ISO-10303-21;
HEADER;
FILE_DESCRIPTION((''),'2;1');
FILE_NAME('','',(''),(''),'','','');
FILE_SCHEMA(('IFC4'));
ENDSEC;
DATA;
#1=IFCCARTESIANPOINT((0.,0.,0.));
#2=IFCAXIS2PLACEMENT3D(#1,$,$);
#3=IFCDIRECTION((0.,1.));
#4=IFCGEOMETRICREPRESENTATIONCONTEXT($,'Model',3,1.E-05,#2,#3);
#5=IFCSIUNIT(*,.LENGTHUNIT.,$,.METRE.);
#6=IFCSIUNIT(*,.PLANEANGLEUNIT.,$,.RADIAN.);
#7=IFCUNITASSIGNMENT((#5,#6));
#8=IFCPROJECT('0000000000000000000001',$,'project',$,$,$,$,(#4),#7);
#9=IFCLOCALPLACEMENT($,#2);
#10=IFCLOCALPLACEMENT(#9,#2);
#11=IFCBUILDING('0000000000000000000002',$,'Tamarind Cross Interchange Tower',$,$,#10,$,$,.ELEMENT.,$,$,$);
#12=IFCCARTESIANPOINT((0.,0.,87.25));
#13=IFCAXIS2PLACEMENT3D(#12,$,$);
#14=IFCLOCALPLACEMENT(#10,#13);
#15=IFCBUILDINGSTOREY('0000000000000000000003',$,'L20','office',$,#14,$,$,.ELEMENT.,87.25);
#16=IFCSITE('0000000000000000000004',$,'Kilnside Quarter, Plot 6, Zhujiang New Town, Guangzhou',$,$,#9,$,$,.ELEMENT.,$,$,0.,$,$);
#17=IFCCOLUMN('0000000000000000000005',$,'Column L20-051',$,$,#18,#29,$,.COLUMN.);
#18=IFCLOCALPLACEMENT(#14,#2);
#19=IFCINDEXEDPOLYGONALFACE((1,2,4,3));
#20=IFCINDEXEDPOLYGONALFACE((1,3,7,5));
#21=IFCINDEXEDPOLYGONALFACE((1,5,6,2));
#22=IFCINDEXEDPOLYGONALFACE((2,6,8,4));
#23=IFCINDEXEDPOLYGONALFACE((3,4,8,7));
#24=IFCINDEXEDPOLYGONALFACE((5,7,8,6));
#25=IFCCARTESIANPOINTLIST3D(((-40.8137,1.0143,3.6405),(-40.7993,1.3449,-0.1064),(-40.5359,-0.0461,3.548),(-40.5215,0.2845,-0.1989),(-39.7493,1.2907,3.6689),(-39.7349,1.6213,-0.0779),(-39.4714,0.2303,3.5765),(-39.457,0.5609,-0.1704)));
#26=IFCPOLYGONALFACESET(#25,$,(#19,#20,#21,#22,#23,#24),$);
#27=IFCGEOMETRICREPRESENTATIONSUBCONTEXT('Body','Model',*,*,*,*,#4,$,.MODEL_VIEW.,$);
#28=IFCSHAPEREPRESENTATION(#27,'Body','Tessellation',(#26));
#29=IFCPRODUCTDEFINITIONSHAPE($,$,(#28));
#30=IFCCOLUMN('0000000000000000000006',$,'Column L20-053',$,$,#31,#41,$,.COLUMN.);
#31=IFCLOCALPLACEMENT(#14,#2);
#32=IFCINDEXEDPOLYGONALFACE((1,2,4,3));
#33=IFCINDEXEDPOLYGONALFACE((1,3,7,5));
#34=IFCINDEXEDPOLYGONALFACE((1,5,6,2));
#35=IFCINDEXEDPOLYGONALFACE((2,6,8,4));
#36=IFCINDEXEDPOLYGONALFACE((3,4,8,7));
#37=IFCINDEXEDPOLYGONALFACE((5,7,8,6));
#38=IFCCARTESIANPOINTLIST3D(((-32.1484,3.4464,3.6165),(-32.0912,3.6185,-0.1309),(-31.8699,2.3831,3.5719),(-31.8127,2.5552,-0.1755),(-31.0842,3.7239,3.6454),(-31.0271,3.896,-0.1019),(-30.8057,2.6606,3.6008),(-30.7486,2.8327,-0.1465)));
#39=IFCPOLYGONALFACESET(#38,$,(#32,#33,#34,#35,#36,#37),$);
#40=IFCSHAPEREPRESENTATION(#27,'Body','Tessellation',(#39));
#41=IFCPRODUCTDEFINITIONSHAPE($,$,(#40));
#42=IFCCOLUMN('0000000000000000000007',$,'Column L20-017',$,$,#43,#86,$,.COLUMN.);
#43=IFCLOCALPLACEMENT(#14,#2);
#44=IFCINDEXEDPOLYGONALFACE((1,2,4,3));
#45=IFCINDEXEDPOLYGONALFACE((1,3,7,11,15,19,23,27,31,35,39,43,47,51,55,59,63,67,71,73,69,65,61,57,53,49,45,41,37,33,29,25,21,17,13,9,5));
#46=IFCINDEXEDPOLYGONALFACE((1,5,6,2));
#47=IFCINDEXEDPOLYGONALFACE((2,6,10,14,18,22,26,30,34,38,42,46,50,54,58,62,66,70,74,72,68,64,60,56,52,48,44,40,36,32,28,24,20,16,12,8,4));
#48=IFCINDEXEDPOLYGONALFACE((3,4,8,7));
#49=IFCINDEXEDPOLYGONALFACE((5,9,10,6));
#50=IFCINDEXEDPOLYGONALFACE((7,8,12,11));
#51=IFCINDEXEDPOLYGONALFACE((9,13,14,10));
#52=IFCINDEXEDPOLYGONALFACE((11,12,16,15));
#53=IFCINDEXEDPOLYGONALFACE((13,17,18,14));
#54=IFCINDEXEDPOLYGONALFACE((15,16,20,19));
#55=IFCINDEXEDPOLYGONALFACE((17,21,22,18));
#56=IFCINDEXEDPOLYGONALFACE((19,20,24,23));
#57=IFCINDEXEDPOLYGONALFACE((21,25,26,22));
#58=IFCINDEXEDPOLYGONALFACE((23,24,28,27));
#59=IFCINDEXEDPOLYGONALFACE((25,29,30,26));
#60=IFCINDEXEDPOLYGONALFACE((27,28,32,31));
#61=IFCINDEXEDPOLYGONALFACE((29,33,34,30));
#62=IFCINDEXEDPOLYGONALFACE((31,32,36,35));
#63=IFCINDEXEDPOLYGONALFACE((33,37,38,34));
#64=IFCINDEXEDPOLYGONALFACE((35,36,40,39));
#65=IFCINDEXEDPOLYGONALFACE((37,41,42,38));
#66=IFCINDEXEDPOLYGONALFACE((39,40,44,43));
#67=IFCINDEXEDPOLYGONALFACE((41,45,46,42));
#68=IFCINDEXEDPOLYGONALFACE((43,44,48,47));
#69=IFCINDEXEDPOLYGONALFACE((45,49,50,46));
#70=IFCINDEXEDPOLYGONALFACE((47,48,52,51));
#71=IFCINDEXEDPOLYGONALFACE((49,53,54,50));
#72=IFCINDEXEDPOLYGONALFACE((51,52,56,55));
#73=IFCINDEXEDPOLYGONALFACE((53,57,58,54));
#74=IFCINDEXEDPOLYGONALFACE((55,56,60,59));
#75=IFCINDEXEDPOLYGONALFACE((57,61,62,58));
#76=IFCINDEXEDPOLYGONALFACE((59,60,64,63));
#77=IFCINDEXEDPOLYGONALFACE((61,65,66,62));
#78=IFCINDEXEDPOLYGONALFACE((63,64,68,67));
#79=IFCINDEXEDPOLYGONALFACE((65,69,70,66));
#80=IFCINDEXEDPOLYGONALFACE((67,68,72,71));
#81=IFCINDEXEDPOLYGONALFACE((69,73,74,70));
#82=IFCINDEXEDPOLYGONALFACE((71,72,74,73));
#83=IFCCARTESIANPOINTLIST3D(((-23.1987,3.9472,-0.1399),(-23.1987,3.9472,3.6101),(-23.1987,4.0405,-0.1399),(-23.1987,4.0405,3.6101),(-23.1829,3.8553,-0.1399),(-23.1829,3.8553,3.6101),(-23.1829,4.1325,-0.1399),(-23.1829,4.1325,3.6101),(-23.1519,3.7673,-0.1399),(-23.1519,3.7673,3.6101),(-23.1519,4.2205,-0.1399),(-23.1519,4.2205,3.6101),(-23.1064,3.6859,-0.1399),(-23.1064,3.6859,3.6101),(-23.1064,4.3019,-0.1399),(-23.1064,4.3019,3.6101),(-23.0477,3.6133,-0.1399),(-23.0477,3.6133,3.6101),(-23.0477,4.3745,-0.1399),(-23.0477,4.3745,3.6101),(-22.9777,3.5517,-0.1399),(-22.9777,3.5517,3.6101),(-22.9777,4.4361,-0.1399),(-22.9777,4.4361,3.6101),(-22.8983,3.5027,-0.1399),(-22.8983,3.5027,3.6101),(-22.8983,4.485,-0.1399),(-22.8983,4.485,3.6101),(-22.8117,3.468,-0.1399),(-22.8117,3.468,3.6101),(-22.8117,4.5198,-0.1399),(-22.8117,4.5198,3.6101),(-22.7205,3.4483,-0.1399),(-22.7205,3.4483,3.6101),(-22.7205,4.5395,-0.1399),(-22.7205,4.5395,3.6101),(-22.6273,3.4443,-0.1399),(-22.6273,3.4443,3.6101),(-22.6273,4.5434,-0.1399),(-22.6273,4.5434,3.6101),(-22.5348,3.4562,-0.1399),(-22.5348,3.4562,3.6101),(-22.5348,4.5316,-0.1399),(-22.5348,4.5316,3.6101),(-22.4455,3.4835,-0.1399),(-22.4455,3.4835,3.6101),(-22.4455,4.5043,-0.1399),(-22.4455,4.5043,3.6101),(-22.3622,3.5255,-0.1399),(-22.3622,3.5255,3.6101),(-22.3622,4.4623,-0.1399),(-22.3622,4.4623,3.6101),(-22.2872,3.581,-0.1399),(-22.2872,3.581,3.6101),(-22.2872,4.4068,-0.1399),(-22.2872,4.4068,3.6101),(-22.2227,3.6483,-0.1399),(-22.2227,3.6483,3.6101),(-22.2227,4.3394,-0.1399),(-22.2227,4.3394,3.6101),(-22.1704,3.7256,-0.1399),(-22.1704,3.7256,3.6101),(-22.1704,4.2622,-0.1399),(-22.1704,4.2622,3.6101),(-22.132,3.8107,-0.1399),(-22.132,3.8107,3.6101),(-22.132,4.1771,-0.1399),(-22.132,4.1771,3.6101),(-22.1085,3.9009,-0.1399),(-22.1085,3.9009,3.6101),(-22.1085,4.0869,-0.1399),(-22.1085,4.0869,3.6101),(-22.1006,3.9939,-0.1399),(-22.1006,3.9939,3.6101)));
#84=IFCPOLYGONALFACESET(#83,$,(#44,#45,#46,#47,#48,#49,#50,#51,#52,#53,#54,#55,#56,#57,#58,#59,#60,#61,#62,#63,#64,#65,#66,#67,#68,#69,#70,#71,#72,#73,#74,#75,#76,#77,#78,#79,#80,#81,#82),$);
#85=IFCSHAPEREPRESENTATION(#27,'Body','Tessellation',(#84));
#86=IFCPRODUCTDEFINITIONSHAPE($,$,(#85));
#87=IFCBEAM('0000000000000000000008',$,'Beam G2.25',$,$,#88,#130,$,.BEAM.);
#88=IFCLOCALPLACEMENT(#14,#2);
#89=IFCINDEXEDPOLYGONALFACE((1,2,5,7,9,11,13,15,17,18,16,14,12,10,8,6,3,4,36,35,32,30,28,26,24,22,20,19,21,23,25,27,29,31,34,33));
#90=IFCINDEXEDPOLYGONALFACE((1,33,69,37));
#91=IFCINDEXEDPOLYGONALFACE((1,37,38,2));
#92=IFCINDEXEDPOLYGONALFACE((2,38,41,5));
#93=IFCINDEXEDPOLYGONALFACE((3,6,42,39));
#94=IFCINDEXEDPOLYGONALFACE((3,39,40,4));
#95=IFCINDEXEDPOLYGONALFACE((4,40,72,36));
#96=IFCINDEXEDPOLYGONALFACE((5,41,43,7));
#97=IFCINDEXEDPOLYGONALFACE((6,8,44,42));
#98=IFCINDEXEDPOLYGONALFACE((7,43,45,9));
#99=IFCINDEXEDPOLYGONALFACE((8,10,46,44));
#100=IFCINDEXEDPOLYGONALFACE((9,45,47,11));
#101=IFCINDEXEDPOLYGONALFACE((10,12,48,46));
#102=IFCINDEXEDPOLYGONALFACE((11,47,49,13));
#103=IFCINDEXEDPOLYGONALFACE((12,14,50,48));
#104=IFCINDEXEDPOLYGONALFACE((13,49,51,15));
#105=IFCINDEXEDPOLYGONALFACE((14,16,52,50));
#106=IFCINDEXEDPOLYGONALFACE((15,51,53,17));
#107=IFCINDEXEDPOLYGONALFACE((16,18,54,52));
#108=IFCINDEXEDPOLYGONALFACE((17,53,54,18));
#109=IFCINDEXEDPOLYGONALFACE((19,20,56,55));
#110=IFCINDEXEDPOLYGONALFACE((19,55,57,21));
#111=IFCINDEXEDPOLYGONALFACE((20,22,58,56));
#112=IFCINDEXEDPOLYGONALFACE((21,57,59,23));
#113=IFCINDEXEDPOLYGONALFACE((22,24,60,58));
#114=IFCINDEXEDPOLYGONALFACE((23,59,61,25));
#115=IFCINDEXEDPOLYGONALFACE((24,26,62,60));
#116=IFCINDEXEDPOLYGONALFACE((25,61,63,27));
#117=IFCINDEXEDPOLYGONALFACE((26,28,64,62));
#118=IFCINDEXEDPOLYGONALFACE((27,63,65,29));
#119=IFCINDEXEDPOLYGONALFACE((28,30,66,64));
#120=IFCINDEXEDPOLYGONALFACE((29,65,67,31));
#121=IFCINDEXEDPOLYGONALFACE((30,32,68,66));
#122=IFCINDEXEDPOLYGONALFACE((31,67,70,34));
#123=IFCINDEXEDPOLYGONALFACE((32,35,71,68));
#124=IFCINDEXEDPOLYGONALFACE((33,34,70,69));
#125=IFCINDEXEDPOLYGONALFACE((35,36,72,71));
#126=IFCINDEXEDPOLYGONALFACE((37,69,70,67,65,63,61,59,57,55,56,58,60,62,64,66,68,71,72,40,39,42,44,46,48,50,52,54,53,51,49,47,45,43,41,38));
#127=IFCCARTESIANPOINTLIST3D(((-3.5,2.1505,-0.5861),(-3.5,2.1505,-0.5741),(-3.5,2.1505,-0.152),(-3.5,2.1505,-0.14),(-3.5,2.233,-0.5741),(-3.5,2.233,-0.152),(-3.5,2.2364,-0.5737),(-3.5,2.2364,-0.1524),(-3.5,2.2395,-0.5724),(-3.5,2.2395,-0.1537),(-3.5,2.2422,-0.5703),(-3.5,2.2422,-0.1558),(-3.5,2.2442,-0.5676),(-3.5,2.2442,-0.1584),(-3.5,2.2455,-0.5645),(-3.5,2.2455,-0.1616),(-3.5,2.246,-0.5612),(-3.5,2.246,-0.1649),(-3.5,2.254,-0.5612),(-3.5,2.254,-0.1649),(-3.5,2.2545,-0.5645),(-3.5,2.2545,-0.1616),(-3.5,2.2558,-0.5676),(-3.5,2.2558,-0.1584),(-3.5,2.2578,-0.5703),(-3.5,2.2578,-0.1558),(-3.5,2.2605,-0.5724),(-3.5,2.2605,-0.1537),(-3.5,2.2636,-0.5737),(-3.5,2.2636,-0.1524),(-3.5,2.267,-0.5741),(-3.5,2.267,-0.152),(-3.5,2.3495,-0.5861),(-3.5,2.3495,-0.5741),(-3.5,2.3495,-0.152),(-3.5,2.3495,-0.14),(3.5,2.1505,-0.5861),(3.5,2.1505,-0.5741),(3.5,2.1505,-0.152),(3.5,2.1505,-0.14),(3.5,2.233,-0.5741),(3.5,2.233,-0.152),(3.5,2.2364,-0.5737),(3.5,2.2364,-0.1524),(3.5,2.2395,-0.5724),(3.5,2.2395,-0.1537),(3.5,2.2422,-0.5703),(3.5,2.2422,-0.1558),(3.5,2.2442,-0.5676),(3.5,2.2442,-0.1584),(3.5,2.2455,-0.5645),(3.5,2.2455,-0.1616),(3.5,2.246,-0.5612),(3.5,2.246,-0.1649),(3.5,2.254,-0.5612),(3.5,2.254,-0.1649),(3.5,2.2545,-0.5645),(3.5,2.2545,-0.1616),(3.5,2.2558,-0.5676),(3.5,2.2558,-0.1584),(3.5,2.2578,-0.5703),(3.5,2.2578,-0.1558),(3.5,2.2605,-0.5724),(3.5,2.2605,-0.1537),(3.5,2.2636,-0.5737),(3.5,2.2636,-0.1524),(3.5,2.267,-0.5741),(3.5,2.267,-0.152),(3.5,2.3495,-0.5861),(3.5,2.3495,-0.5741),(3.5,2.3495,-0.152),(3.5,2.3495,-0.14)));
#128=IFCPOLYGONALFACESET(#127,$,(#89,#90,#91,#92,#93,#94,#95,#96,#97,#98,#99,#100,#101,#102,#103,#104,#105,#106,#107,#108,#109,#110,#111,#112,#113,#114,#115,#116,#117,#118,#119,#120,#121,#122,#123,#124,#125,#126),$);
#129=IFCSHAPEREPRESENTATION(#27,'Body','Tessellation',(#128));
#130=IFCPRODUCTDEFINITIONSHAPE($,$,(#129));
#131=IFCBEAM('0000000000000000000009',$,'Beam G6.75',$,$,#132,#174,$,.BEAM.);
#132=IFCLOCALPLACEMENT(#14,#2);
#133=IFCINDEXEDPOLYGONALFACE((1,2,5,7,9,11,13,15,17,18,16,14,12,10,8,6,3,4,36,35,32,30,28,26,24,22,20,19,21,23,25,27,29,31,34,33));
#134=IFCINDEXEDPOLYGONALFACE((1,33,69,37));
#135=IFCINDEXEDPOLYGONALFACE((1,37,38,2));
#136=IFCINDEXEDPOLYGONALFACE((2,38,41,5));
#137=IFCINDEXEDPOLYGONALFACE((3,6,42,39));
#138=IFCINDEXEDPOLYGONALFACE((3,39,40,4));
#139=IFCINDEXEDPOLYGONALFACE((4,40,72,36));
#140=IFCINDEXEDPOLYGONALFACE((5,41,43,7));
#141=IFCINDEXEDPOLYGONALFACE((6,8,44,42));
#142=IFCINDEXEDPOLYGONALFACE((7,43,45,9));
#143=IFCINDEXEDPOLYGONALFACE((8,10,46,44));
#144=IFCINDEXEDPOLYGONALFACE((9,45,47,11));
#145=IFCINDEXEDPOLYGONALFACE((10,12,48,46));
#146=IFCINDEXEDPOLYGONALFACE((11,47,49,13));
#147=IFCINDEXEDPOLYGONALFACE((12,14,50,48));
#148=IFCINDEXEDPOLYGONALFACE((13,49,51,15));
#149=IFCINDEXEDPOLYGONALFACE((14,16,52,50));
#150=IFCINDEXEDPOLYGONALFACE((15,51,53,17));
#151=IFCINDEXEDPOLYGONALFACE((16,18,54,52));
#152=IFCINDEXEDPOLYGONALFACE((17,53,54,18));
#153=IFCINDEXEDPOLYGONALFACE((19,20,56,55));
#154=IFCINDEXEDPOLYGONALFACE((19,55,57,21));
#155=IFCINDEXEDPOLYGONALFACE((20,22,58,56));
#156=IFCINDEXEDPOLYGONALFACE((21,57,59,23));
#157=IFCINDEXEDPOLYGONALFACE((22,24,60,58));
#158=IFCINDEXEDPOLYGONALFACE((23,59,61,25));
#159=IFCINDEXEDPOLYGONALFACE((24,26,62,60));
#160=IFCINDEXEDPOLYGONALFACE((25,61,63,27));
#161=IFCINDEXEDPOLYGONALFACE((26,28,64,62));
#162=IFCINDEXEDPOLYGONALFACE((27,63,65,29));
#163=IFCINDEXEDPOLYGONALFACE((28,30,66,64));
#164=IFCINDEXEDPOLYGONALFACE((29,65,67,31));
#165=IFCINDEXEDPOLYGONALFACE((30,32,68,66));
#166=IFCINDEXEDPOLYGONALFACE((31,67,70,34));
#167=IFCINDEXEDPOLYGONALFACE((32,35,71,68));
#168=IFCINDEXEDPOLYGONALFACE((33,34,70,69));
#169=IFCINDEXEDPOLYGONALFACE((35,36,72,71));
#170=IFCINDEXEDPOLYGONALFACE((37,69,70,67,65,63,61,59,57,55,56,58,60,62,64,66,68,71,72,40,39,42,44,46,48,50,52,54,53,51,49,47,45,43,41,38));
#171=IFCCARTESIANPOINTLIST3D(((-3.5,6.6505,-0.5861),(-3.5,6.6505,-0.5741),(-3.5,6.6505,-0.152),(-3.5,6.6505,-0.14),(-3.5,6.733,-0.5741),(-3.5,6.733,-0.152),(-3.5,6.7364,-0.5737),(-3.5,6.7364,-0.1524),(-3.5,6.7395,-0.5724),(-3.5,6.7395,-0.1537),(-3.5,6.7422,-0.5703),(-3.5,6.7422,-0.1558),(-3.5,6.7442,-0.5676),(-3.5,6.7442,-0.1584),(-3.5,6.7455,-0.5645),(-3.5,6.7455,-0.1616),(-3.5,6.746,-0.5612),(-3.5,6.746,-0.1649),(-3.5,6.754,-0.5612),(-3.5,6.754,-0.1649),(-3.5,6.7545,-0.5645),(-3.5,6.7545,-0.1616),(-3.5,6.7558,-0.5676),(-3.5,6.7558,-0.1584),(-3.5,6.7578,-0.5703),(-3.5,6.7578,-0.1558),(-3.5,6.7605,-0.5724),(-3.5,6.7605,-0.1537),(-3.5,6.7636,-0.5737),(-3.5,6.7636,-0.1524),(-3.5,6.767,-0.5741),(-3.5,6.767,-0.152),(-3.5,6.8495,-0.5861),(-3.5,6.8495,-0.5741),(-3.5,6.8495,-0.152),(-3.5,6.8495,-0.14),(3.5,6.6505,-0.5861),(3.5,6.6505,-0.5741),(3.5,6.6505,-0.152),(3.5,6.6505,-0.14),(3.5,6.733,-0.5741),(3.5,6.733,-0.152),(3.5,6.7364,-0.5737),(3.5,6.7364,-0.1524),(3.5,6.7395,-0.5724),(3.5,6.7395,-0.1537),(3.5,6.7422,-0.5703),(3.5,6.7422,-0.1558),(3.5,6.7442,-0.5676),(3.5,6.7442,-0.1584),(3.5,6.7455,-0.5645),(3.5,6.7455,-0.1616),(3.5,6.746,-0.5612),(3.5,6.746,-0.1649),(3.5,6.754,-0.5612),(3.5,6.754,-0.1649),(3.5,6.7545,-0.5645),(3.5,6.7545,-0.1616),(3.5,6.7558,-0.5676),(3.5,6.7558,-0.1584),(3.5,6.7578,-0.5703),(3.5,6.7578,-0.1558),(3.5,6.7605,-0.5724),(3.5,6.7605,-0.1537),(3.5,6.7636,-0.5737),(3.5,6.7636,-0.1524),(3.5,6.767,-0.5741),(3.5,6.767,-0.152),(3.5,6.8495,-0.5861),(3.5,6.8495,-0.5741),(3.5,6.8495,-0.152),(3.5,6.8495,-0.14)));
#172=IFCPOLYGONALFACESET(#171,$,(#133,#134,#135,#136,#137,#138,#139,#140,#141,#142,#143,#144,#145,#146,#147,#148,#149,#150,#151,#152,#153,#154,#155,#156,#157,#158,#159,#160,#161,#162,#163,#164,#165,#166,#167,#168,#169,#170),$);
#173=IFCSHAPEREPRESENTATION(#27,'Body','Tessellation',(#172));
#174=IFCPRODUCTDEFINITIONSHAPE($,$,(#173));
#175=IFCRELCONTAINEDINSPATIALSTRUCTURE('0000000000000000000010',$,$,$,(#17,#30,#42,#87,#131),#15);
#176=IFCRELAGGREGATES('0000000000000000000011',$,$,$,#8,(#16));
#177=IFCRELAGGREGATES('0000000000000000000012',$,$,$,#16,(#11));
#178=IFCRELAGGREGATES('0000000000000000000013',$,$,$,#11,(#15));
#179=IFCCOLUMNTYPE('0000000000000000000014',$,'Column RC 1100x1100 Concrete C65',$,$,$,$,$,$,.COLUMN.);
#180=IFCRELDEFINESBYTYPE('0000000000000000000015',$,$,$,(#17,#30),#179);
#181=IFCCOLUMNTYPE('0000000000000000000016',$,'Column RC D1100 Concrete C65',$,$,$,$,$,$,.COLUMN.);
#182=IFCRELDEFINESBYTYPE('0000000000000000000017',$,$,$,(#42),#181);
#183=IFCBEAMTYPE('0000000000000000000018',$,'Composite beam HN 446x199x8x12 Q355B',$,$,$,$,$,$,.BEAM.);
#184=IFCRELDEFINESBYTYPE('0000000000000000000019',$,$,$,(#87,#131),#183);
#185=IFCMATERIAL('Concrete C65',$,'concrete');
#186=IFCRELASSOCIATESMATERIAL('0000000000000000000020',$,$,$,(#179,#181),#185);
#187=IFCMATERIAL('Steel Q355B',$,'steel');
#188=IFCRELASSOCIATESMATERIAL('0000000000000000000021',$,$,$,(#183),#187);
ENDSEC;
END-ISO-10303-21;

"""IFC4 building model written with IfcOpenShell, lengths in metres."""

from ifc_helpers import new_model, si_unit, direction, frame, origin, origin_2d, place, context, subcontext, project, spatial, rectangle, circle, i_section, extrude, material, material_profile, profile_set, type_object, element, save


model = new_model("IFC4")

# Units and contexts
model_context = context("Model", 3, precision=1e-05, world=origin(), true_north=direction((0.0, 1.0)))
body_context = subcontext(model_context, "Body", "Model", "MODEL_VIEW")
ifc_project = project(units=[si_unit("LENGTHUNIT", "METRE"), si_unit("PLANEANGLEUNIT", "RADIAN")], contexts=[model_context])

# Site, building, storey
site_placement = place(None, origin())
site = spatial("IfcSite", under=ifc_project, at=site_placement, Name="Kilnside Quarter, Plot 6, Zhujiang New Town, Guangzhou", CompositionType="ELEMENT", RefElevation=0.0)
building_placement = place(site_placement, origin())
building = spatial("IfcBuilding", under=site, at=building_placement, Name="Tamarind Cross Interchange Tower", CompositionType="ELEMENT")
storey_placement = place(building_placement, frame((0.0, 0.0, 87.25)))
storey = spatial("IfcBuildingStorey", under=building, at=storey_placement, Name="L20", Description="office", CompositionType="ELEMENT", Elevation=87.25)

# Columns
ifc_material_1 = material(Name="Concrete C65", Category="concrete")
ifc_material_profile_1 = material_profile(ifc_material_1, rectangle(XDim=1.1001, YDim=1.1001, at=origin_2d()), Name="RC 1100x1100")
ifc_profile_set_1 = profile_set([ifc_material_profile_1], Name="Concrete C65")
column_type_1 = type_object("IfcColumnType", Name="Column RC 1100x1100 Concrete C65", PredefinedType="COLUMN", material=ifc_profile_set_1)
column_1_placement = place(storey_placement, frame((-40.1282, 0.9529, -0.1384), z_axis=(-0.003829, -0.087884, 0.996123), x_axis=(0.967576, 0.25125, 0.025886)))
element("IfcColumn", 1, at=column_1_placement, inside=storey, type_object=column_type_1, Name="Column L20-051", PredefinedType="COLUMN", context=body_context, shape_type="SweptSolid", body=[
    extrude(rectangle(XDim=1.1001, YDim=1.1001, at=origin_2d()), origin(), (0.0, 0.0, 1.0), 3.7615),
])
column_2_placement = place(storey_placement, frame((-31.4199, 3.2256, -0.1387), z_axis=(-0.015227, -0.045878, 0.998831), x_axis=(0.967305, 0.252247, 0.026333)))
element("IfcColumn", 2, at=column_2_placement, inside=storey, type_object=column_type_1, Name="Column L20-053", PredefinedType="COLUMN", context=body_context, shape_type="SweptSolid", body=[
    extrude(rectangle(XDim=1.1001, YDim=1.1001, at=origin_2d()), origin(), (0.0, 0.0, 1.0), 3.7517),
])
ifc_material_profile_2 = material_profile(ifc_material_1, circle(Radius=0.55, at=origin_2d()), Name="RC D1100")
ifc_profile_set_2 = profile_set([ifc_material_profile_2], Name="Concrete C65")
column_type_2 = type_object("IfcColumnType", Name="Column RC D1100 Concrete C65", PredefinedType="COLUMN", material=ifc_profile_set_2)
column_3_placement = place(storey_placement, frame((-22.6506, 3.9939, -0.1399), z_axis=(0.0, 0.0, 1.0), x_axis=(1.0, 0.0, 0.0)))
element("IfcColumn", 3, at=column_3_placement, inside=storey, type_object=column_type_2, Name="Column L20-017", PredefinedType="COLUMN", context=body_context, shape_type="SweptSolid", body=[
    extrude(circle(Radius=0.55, at=origin_2d()), origin(), (0.0, 0.0, 1.0), 3.75),
])

# Beams
ifc_material_2 = material(Name="Steel Q355B", Category="steel")
ifc_material_profile_3 = material_profile(ifc_material_2, i_section(OverallWidth=0.199, OverallDepth=0.446, WebThickness=0.0081, FlangeThickness=0.012, FilletRadius=0.0129, at=origin_2d()), Name="HN 446x199x8x12")
ifc_profile_set_3 = profile_set([ifc_material_profile_3], Name="Steel Q355B")
beam_type_1 = type_object("IfcBeamType", Name="Composite beam HN 446x199x8x12 Q355B", PredefinedType="BEAM", material=ifc_profile_set_3)
for number, where, z_axis, x_axis, name in (
    (4, (-3.5, 2.25, -0.363), (1.0, 0.0, 0.0), (0.0, 1.0, 0.0), "Beam G2.25"),
    (5, (-3.5, 6.75, -0.363), (1.0, 0.0, 0.0), (0.0, 1.0, 0.0), "Beam G6.75"),
):
    element("IfcBeam", number, at=place(storey_placement, frame(where, z_axis=z_axis, x_axis=x_axis)), inside=storey, type_object=beam_type_1, Name=name, PredefinedType="BEAM", context=body_context, shape_type="SweptSolid", body=[
        extrude(i_section(OverallWidth=0.199, OverallDepth=0.446, WebThickness=0.0081, FlangeThickness=0.012, FilletRadius=0.0129, at=origin_2d()), origin(), (0.0, 0.0, 1.0), 7.0),
    ])

save(model, "model.ifc")
